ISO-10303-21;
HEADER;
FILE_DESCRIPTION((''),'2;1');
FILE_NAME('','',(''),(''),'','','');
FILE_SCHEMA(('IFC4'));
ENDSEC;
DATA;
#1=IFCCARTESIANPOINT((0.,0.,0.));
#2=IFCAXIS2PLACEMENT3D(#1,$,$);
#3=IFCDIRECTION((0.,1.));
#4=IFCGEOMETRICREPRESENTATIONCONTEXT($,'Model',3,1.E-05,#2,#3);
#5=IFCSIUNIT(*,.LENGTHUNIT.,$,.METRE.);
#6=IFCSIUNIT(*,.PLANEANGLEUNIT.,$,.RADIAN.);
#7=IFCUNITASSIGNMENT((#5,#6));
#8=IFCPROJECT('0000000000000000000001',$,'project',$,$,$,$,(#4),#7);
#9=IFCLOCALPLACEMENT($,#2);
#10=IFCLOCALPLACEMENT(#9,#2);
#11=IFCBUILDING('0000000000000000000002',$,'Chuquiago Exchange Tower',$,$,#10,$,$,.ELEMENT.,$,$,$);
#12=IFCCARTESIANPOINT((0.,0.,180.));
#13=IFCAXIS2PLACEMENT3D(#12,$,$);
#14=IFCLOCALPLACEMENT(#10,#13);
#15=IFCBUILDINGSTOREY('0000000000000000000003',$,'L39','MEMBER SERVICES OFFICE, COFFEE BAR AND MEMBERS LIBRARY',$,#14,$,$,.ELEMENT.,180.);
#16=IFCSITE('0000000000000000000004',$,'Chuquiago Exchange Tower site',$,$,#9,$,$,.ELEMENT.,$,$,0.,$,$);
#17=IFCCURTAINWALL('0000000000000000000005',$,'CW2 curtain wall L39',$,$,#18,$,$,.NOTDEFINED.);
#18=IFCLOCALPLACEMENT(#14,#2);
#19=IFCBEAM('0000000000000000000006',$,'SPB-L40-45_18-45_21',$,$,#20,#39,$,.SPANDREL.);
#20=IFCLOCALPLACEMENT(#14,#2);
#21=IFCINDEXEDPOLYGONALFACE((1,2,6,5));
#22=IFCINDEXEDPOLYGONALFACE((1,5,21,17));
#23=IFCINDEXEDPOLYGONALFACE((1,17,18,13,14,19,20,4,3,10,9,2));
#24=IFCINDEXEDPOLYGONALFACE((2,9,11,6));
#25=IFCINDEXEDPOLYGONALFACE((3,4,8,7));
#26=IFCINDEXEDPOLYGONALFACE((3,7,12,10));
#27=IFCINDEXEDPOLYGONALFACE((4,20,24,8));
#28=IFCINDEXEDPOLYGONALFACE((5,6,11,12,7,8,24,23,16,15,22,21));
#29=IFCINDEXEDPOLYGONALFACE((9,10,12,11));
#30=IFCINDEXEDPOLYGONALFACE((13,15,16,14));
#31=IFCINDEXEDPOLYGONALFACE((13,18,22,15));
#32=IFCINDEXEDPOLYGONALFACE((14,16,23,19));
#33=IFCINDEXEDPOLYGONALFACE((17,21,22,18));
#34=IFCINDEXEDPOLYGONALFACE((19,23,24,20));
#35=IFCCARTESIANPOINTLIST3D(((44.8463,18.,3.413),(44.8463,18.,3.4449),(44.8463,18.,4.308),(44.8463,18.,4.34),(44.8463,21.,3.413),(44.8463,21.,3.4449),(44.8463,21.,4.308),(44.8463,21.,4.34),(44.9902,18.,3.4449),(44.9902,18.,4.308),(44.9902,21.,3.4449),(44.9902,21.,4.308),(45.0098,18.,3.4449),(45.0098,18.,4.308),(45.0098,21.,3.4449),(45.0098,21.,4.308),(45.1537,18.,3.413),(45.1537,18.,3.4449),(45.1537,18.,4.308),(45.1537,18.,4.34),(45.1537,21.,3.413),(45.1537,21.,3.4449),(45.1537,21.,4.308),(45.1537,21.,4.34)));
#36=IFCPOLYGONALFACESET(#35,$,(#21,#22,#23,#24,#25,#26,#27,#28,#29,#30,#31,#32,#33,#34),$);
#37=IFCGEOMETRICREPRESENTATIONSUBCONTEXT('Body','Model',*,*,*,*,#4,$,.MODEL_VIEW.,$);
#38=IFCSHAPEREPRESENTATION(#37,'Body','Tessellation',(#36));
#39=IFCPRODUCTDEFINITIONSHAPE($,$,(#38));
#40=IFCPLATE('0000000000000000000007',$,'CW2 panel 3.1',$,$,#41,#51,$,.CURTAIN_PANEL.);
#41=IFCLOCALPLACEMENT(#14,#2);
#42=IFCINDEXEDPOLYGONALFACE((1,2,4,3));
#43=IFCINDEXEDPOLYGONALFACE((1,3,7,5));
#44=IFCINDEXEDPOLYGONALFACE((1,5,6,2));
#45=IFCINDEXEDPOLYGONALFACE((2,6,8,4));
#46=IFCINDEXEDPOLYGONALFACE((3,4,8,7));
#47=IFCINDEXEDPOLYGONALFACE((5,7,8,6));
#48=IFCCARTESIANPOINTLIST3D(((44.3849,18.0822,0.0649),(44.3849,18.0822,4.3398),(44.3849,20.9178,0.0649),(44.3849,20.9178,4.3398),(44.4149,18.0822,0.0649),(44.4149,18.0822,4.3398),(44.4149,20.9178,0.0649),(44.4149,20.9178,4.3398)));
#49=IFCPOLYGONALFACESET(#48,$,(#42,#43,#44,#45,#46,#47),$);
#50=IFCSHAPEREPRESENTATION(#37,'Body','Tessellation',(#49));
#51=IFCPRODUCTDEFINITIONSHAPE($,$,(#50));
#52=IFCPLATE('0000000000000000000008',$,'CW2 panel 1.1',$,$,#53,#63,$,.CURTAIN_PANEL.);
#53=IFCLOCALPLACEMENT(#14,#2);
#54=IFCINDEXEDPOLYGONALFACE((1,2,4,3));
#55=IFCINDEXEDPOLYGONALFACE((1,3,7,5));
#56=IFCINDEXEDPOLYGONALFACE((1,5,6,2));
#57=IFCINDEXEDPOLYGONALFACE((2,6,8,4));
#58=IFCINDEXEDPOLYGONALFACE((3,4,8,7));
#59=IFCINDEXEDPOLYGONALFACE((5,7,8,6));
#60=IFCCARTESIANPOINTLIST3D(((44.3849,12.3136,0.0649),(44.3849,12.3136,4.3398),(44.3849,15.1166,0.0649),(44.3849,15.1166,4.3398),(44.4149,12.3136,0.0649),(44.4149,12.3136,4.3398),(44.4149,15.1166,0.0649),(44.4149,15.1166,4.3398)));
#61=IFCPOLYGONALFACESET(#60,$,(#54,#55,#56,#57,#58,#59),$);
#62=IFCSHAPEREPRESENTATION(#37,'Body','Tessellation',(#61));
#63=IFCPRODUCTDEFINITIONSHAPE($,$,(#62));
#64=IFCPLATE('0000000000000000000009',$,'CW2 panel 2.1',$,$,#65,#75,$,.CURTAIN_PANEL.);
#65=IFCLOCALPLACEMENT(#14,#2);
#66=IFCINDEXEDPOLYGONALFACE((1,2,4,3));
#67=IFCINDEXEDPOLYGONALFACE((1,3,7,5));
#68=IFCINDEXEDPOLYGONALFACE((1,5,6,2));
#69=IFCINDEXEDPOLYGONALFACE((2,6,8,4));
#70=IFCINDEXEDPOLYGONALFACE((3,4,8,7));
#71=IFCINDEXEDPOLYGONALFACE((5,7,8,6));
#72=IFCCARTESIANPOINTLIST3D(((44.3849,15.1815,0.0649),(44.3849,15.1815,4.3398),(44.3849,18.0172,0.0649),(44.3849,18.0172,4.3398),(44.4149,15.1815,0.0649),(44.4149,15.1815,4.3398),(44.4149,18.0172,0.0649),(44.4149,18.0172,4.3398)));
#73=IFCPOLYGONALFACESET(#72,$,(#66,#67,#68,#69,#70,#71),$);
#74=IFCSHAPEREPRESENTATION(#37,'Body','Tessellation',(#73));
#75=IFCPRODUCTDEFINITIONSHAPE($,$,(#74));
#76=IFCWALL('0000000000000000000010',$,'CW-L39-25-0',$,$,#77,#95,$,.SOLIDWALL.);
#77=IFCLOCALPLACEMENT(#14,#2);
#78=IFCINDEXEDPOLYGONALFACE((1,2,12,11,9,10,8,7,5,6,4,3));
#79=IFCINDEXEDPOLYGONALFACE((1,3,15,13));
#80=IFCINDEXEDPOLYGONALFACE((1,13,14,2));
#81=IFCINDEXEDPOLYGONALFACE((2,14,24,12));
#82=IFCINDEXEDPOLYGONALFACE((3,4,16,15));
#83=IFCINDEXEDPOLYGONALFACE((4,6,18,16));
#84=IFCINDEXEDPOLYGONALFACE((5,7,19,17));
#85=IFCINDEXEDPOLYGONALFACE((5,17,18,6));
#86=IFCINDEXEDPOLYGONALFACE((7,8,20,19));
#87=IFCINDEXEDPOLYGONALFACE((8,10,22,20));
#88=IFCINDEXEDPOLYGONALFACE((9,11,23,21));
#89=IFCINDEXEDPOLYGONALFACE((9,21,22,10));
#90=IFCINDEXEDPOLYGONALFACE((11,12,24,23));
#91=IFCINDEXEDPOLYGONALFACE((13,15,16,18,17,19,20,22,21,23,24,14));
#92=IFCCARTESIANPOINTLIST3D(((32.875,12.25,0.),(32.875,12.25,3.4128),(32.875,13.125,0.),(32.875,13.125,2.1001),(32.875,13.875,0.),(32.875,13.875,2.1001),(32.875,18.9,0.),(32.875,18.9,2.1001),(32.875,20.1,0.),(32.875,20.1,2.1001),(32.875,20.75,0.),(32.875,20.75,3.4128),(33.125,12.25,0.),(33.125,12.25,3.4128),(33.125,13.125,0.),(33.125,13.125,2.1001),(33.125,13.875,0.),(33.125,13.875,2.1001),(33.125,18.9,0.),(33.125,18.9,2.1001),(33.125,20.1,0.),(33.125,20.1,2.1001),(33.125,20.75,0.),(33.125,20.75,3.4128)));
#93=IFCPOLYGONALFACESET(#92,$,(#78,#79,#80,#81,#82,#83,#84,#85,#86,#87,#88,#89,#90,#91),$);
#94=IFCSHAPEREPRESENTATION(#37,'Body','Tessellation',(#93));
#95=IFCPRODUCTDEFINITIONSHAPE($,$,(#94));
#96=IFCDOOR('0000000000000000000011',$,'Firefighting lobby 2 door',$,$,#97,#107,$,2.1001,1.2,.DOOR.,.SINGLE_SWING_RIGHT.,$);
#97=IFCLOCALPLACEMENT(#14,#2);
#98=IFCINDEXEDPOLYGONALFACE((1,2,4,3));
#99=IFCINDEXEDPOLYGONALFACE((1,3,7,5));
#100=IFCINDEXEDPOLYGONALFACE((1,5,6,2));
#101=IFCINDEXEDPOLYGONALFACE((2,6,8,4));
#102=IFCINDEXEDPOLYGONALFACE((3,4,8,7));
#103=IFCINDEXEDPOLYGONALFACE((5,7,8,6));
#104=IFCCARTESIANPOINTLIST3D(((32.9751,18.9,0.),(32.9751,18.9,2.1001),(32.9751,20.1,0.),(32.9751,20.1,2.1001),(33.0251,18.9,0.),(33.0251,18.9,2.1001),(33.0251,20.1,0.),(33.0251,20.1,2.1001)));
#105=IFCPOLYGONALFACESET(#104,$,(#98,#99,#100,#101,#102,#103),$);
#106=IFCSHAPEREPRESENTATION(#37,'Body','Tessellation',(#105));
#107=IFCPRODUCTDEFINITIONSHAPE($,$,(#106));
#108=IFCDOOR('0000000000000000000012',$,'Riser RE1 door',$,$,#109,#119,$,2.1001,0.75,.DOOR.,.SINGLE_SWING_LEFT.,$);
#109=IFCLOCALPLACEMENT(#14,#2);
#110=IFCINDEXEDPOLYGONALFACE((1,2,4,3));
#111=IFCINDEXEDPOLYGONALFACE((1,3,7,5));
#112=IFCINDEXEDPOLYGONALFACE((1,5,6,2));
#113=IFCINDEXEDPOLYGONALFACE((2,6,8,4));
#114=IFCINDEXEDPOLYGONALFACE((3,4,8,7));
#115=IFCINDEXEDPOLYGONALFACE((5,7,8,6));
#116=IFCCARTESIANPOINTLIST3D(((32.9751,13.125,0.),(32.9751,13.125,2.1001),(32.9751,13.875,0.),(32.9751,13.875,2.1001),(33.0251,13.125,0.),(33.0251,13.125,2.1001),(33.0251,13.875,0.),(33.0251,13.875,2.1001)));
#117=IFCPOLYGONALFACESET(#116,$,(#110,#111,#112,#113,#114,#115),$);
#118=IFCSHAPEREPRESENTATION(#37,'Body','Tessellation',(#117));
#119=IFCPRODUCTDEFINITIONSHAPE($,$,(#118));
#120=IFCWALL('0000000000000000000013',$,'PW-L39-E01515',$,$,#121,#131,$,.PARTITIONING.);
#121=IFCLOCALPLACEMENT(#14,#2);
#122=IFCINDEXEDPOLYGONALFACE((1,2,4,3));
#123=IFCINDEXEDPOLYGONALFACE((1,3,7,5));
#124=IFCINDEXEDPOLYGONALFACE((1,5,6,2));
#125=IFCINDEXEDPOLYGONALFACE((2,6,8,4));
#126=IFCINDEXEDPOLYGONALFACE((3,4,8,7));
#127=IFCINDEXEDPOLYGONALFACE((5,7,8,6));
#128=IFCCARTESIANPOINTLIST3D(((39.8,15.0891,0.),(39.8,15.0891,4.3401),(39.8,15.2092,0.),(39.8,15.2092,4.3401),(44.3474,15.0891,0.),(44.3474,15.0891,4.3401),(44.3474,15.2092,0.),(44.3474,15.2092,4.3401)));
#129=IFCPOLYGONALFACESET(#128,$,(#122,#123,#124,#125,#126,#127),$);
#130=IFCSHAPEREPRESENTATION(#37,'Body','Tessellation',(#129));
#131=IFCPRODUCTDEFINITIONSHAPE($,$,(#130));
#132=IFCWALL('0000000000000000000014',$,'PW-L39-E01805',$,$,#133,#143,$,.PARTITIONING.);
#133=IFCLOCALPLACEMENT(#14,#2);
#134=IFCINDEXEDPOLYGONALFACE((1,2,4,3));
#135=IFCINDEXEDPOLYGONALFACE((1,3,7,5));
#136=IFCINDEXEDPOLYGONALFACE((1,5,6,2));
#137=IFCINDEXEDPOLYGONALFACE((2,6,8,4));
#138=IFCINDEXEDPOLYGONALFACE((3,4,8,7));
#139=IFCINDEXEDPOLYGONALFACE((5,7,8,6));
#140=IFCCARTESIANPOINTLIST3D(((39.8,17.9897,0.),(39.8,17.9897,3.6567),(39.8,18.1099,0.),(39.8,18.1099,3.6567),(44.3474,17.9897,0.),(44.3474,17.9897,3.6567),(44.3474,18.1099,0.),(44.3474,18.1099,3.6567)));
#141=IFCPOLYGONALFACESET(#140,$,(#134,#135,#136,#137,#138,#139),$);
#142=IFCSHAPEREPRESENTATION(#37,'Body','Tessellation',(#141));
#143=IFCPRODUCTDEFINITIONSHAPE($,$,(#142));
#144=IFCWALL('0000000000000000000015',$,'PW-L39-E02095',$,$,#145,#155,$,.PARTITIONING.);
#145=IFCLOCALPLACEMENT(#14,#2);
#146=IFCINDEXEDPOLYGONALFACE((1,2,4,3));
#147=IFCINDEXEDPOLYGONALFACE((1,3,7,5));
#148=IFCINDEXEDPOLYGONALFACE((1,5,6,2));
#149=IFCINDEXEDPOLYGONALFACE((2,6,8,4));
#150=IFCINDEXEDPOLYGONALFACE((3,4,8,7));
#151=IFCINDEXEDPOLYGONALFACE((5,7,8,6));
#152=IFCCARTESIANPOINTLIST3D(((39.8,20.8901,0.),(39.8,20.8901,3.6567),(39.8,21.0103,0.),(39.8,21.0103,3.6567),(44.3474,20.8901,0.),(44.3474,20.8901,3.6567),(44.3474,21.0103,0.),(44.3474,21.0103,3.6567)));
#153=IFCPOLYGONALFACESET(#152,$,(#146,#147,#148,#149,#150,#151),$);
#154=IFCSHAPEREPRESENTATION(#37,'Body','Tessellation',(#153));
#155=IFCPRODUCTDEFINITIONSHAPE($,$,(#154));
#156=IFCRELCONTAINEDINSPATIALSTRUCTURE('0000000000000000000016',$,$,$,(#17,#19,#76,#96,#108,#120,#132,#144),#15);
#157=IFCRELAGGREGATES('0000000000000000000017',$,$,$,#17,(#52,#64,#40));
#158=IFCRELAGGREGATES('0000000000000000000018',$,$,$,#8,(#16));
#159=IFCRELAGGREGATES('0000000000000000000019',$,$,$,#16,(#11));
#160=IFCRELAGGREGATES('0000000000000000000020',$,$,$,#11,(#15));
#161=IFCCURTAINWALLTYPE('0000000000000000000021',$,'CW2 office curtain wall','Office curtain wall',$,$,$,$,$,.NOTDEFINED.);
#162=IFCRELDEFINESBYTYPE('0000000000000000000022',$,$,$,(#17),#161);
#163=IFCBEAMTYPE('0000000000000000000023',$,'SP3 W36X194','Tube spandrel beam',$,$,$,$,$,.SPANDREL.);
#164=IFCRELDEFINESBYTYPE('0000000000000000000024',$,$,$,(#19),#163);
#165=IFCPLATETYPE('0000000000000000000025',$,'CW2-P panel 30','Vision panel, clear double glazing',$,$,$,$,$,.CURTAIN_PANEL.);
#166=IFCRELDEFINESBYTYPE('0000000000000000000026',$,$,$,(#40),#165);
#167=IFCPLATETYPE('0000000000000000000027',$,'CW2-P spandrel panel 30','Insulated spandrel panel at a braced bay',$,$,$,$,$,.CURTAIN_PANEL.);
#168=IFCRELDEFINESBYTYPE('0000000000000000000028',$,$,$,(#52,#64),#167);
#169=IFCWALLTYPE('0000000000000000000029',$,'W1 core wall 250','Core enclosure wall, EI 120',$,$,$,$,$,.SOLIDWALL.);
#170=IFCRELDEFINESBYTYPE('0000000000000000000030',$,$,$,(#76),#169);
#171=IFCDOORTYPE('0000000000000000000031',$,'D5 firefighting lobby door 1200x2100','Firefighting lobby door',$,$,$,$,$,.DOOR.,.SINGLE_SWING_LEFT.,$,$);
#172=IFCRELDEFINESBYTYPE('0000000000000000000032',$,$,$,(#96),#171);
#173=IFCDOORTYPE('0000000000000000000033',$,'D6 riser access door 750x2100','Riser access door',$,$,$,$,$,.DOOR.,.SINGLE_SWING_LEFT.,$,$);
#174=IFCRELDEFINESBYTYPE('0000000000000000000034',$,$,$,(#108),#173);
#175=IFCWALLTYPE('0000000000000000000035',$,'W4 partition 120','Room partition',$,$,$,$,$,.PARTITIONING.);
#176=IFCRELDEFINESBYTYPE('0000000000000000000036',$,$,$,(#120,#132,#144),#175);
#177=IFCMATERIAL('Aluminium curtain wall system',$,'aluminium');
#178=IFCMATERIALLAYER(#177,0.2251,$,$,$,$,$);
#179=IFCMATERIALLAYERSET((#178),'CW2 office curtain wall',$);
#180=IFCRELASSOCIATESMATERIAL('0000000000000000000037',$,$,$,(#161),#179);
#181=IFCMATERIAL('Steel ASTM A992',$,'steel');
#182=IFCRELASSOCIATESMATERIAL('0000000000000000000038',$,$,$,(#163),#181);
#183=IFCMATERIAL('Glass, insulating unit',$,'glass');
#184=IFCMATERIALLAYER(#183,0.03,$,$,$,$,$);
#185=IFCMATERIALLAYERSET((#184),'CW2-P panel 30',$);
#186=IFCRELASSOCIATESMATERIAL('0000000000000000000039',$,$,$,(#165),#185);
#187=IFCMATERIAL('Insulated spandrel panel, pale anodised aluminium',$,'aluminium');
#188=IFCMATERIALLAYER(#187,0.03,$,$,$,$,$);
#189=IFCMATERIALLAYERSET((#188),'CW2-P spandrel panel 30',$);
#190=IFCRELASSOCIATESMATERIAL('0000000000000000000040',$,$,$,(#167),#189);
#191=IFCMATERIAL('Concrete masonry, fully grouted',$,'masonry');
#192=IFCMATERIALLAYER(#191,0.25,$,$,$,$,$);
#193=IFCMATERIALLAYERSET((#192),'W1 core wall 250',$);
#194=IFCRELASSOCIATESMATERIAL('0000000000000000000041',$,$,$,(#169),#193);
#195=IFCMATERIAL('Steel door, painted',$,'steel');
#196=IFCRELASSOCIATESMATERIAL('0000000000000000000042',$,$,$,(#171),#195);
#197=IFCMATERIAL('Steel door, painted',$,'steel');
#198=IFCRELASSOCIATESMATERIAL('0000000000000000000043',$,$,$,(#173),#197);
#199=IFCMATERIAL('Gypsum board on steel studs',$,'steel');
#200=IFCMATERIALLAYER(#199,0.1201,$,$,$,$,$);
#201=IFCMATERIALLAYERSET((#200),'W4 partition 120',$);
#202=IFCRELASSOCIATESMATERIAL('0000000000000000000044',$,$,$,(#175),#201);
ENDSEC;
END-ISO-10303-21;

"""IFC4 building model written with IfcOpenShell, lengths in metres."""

from ifc_helpers import new_model, si_unit, direction, frame, frame_2d, origin, origin_2d, place, context, subcontext, project, spatial, rectangle, i_section, extrude, material, layer, layer_set, material_profile, profile_set, type_object, element, fill, aggregate, save


model = new_model("IFC4")

# Units and contexts
model_context = context("Model", 3, precision=1e-05, world=origin(), true_north=direction((0.0, 1.0)))
body_context = subcontext(model_context, "Body", "Model", "MODEL_VIEW")
ifc_project = project(units=[si_unit("LENGTHUNIT", "METRE"), si_unit("PLANEANGLEUNIT", "RADIAN")], contexts=[model_context])

# Site, building, storey
site_placement = place(None, origin())
site = spatial("IfcSite", under=ifc_project, at=site_placement, Name="Chuquiago Exchange Tower site", CompositionType="ELEMENT", RefElevation=0.0)
building_placement = place(site_placement, origin())
building = spatial("IfcBuilding", under=site, at=building_placement, Name="Chuquiago Exchange Tower", CompositionType="ELEMENT")
storey_placement = place(building_placement, frame((0.0, 0.0, 180.0)))
storey = spatial("IfcBuildingStorey", under=building, at=storey_placement, Name="L39", Description="MEMBER SERVICES OFFICE, COFFEE BAR AND MEMBERS LIBRARY", CompositionType="ELEMENT", Elevation=180.0)

# Curtain wall
ifc_material_1 = material(Name="Aluminium curtain wall system", Category="aluminium")
ifc_layer_1 = layer(ifc_material_1, 0.2251)
ifc_layer_set_1 = layer_set([ifc_layer_1], Name="CW2 office curtain wall")
curtain_wall_type_1 = type_object("IfcCurtainWallType", Name="CW2 office curtain wall", Description="Office curtain wall", PredefinedType="NOTDEFINED", material=ifc_layer_set_1)
curtain_wall_1_placement = place(storey_placement, origin())
curtain_wall_1 = element("IfcCurtainWall", 1, at=curtain_wall_1_placement, inside=storey, type_object=curtain_wall_type_1, Name="CW2 curtain wall L39", PredefinedType="NOTDEFINED")

# Beam
ifc_material_2 = material(Name="Steel ASTM A992", Category="steel")
ifc_material_profile_1 = material_profile(ifc_material_2, i_section(OverallWidth=0.3074, OverallDepth=0.927, WebThickness=0.0195, FlangeThickness=0.032, at=origin_2d()), Name="W36X194")
ifc_profile_set_1 = profile_set([ifc_material_profile_1], Name="Steel ASTM A992")
beam_type_1 = type_object("IfcBeamType", Name="SP3 W36X194", Description="Tube spandrel beam", PredefinedType="SPANDREL", material=ifc_profile_set_1)
for number, where, z_axis, x_axis, name in (
    (2, (45.0, 18.0, 3.8765), (0.0, 1.0, 0.0), (-1.0, 0.0, 0.0), "SPB-L40-45_18-45_21"),
):
    element("IfcBeam", number, at=place(storey_placement, frame(where, z_axis=z_axis, x_axis=x_axis)), inside=storey, type_object=beam_type_1, Name=name, PredefinedType="SPANDREL", context=body_context, shape_type="SweptSolid", body=[
        extrude(i_section(OverallWidth=0.3074, OverallDepth=0.927, WebThickness=0.0195, FlangeThickness=0.032, at=origin_2d()), origin(), (0.0, 0.0, 1.0), 3.0),
    ])

# Plates
ifc_material_3 = material(Name="Glass, insulating unit", Category="glass")
ifc_layer_2 = layer(ifc_material_3, 0.03)
ifc_layer_set_2 = layer_set([ifc_layer_2], Name="CW2-P panel 30")
plate_type_1 = type_object("IfcPlateType", Name="CW2-P panel 30", Description="Vision panel, clear double glazing", PredefinedType="CURTAIN_PANEL", material=ifc_layer_set_2)
plate_1_placement = place(storey_placement, frame((44.3999, 19.5, 0.0649), z_axis=(0.0, 0.0, 1.0), x_axis=(0.0, 1.0, 0.0)))
plate_1 = element("IfcPlate", 3, at=plate_1_placement, type_object=plate_type_1, Name="CW2 panel 3.1", PredefinedType="CURTAIN_PANEL", context=body_context, shape_type="SweptSolid", body=[
    extrude(rectangle(XDim=2.8357, YDim=0.03, at=origin_2d()), origin(), (0.0, 0.0, 1.0), 4.2749),
])
ifc_material_4 = material(Name="Insulated spandrel panel, pale anodised aluminium", Category="aluminium")
ifc_layer_3 = layer(ifc_material_4, 0.03)
ifc_layer_set_3 = layer_set([ifc_layer_3], Name="CW2-P spandrel panel 30")
plate_type_2 = type_object("IfcPlateType", Name="CW2-P spandrel panel 30", Description="Insulated spandrel panel at a braced bay", PredefinedType="CURTAIN_PANEL", material=ifc_layer_set_3)
plate_2_placement = place(storey_placement, frame((44.3999, 13.7151, 0.0649), z_axis=(0.0, 0.0, 1.0), x_axis=(0.0, 1.0, 0.0)))
plate_2 = element("IfcPlate", 4, at=plate_2_placement, type_object=plate_type_2, Name="CW2 panel 1.1", PredefinedType="CURTAIN_PANEL", context=body_context, shape_type="SweptSolid", body=[
    extrude(rectangle(XDim=2.803, YDim=0.03, at=origin_2d()), origin(), (0.0, 0.0, 1.0), 4.2749),
])
plate_3_placement = place(storey_placement, frame((44.3999, 16.5994, 0.0649), z_axis=(0.0, 0.0, 1.0), x_axis=(0.0, 1.0, 0.0)))
plate_3 = element("IfcPlate", 5, at=plate_3_placement, type_object=plate_type_2, Name="CW2 panel 2.1", PredefinedType="CURTAIN_PANEL", context=body_context, shape_type="SweptSolid", body=[
    extrude(rectangle(XDim=2.8357, YDim=0.03, at=origin_2d()), origin(), (0.0, 0.0, 1.0), 4.2749),
])
aggregate(curtain_wall_1, [plate_2, plate_3, plate_1])

# Wall, openings, doors
ifc_material_5 = material(Name="Concrete masonry, fully grouted", Category="masonry")
ifc_layer_4 = layer(ifc_material_5, 0.25)
ifc_layer_set_4 = layer_set([ifc_layer_4], Name="W1 core wall 250")
wall_type_1 = type_object("IfcWallType", Name="W1 core wall 250", Description="Core enclosure wall, EI 120", PredefinedType="SOLIDWALL", material=ifc_layer_set_4)
wall_1_placement = place(storey_placement, frame((33.0, 12.25, 0.0), z_axis=(0.0, 0.0, 1.0), x_axis=(0.0, 1.0, 0.0)))
wall_1 = element("IfcWall", 6, at=wall_1_placement, inside=storey, type_object=wall_type_1, Name="CW-L39-25-0", PredefinedType="SOLIDWALL", context=body_context, shape_type="SweptSolid", body=[
    extrude(rectangle(XDim=8.5, YDim=0.25, at=frame_2d((4.25, 0.0))), origin(), (0.0, 0.0, 1.0), 3.4128),
])
opening_1_placement = place(wall_1_placement, frame((6.6499, 0.0, 0.0)))
opening_1 = element("IfcOpeningElement", 7, at=opening_1_placement, cuts=wall_1, PredefinedType="OPENING", context=body_context, shape_type="SweptSolid", body=[
    extrude(rectangle(XDim=1.2, YDim=2.1001, at=frame_2d((0.6001, 1.05))), frame((0.0, 0.135, 0.0), z_axis=(0.0, -1.0, 0.0), x_axis=(1.0, 0.0, 0.0)), (0.0, 0.0, 1.0), 0.27),
])
opening_2_placement = place(wall_1_placement, frame((0.875, 0.0, 0.0)))
opening_2 = element("IfcOpeningElement", 8, at=opening_2_placement, cuts=wall_1, PredefinedType="OPENING", context=body_context, shape_type="SweptSolid", body=[
    extrude(rectangle(XDim=0.75, YDim=2.1001, at=frame_2d((0.375, 1.05))), frame((0.0, 0.135, 0.0), z_axis=(0.0, -1.0, 0.0), x_axis=(1.0, 0.0, 0.0)), (0.0, 0.0, 1.0), 0.27),
])
ifc_material_6 = material(Name="Steel door, painted", Category="steel")
door_type_1 = type_object("IfcDoorType", Name="D5 firefighting lobby door 1200x2100", Description="Firefighting lobby door", OperationType="SINGLE_SWING_LEFT", PredefinedType="DOOR", material=ifc_material_6)
door_1_placement = place(opening_1_placement, origin())
door_1 = element("IfcDoor", 9, at=door_1_placement, inside=storey, type_object=door_type_1, Name="Firefighting lobby 2 door", OperationType="SINGLE_SWING_RIGHT", OverallHeight=2.1001, OverallWidth=1.2, PredefinedType="DOOR", context=body_context, shape_type="SweptSolid", body=[
    extrude(rectangle(XDim=1.2, YDim=2.1001, at=frame_2d((0.6001, 1.05))), frame((0.0, 0.0249, 0.0), z_axis=(0.0, -1.0, 0.0), x_axis=(1.0, 0.0, 0.0)), (0.0, 0.0, 1.0), 0.05),
])
fill(opening_1, door_1)
ifc_material_7 = material(Name="Steel door, painted", Category="steel")
door_type_2 = type_object("IfcDoorType", Name="D6 riser access door 750x2100", Description="Riser access door", OperationType="SINGLE_SWING_LEFT", PredefinedType="DOOR", material=ifc_material_7)
door_2_placement = place(opening_2_placement, origin())
door_2 = element("IfcDoor", 10, at=door_2_placement, inside=storey, type_object=door_type_2, Name="Riser RE1 door", OperationType="SINGLE_SWING_LEFT", OverallHeight=2.1001, OverallWidth=0.75, PredefinedType="DOOR", context=body_context, shape_type="SweptSolid", body=[
    extrude(rectangle(XDim=0.75, YDim=2.1001, at=frame_2d((0.375, 1.05))), frame((0.0, 0.0249, 0.0), z_axis=(0.0, -1.0, 0.0), x_axis=(1.0, 0.0, 0.0)), (0.0, 0.0, 1.0), 0.05),
])
fill(opening_2, door_2)

# Walls
ifc_material_8 = material(Name="Gypsum board on steel studs", Category="steel")
ifc_layer_5 = layer(ifc_material_8, 0.1201)
ifc_layer_set_5 = layer_set([ifc_layer_5], Name="W4 partition 120")
wall_type_2 = type_object("IfcWallType", Name="W4 partition 120", Description="Room partition", PredefinedType="PARTITIONING", material=ifc_layer_set_5)
wall_2_placement = place(storey_placement, frame((44.3474, 15.1492, 0.0), z_axis=(0.0, 0.0, 1.0), x_axis=(-1.0, 0.0, 0.0)))
element("IfcWall", 11, at=wall_2_placement, inside=storey, type_object=wall_type_2, Name="PW-L39-E01515", PredefinedType="PARTITIONING", context=body_context, shape_type="SweptSolid", body=[
    extrude(rectangle(XDim=4.5474, YDim=0.1201, at=frame_2d((2.2737, 0.0))), origin(), (0.0, 0.0, 1.0), 4.3401),
])
for number, where, z_axis, x_axis, name in (
    (12, (44.3474, 18.0498, 0.0), (0.0, 0.0, 1.0), (-1.0, 0.0, 0.0), "PW-L39-E01805"),
    (13, (44.3474, 20.9502, 0.0), (0.0, 0.0, 1.0), (-1.0, 0.0, 0.0), "PW-L39-E02095"),
):
    element("IfcWall", number, at=place(storey_placement, frame(where, z_axis=z_axis, x_axis=x_axis)), inside=storey, type_object=wall_type_2, Name=name, PredefinedType="PARTITIONING", context=body_context, shape_type="SweptSolid", body=[
        extrude(rectangle(XDim=4.5474, YDim=0.1201, at=frame_2d((2.2737, 0.0))), origin(), (0.0, 0.0, 1.0), 3.6567),
    ])

save(model, "model.ifc")
